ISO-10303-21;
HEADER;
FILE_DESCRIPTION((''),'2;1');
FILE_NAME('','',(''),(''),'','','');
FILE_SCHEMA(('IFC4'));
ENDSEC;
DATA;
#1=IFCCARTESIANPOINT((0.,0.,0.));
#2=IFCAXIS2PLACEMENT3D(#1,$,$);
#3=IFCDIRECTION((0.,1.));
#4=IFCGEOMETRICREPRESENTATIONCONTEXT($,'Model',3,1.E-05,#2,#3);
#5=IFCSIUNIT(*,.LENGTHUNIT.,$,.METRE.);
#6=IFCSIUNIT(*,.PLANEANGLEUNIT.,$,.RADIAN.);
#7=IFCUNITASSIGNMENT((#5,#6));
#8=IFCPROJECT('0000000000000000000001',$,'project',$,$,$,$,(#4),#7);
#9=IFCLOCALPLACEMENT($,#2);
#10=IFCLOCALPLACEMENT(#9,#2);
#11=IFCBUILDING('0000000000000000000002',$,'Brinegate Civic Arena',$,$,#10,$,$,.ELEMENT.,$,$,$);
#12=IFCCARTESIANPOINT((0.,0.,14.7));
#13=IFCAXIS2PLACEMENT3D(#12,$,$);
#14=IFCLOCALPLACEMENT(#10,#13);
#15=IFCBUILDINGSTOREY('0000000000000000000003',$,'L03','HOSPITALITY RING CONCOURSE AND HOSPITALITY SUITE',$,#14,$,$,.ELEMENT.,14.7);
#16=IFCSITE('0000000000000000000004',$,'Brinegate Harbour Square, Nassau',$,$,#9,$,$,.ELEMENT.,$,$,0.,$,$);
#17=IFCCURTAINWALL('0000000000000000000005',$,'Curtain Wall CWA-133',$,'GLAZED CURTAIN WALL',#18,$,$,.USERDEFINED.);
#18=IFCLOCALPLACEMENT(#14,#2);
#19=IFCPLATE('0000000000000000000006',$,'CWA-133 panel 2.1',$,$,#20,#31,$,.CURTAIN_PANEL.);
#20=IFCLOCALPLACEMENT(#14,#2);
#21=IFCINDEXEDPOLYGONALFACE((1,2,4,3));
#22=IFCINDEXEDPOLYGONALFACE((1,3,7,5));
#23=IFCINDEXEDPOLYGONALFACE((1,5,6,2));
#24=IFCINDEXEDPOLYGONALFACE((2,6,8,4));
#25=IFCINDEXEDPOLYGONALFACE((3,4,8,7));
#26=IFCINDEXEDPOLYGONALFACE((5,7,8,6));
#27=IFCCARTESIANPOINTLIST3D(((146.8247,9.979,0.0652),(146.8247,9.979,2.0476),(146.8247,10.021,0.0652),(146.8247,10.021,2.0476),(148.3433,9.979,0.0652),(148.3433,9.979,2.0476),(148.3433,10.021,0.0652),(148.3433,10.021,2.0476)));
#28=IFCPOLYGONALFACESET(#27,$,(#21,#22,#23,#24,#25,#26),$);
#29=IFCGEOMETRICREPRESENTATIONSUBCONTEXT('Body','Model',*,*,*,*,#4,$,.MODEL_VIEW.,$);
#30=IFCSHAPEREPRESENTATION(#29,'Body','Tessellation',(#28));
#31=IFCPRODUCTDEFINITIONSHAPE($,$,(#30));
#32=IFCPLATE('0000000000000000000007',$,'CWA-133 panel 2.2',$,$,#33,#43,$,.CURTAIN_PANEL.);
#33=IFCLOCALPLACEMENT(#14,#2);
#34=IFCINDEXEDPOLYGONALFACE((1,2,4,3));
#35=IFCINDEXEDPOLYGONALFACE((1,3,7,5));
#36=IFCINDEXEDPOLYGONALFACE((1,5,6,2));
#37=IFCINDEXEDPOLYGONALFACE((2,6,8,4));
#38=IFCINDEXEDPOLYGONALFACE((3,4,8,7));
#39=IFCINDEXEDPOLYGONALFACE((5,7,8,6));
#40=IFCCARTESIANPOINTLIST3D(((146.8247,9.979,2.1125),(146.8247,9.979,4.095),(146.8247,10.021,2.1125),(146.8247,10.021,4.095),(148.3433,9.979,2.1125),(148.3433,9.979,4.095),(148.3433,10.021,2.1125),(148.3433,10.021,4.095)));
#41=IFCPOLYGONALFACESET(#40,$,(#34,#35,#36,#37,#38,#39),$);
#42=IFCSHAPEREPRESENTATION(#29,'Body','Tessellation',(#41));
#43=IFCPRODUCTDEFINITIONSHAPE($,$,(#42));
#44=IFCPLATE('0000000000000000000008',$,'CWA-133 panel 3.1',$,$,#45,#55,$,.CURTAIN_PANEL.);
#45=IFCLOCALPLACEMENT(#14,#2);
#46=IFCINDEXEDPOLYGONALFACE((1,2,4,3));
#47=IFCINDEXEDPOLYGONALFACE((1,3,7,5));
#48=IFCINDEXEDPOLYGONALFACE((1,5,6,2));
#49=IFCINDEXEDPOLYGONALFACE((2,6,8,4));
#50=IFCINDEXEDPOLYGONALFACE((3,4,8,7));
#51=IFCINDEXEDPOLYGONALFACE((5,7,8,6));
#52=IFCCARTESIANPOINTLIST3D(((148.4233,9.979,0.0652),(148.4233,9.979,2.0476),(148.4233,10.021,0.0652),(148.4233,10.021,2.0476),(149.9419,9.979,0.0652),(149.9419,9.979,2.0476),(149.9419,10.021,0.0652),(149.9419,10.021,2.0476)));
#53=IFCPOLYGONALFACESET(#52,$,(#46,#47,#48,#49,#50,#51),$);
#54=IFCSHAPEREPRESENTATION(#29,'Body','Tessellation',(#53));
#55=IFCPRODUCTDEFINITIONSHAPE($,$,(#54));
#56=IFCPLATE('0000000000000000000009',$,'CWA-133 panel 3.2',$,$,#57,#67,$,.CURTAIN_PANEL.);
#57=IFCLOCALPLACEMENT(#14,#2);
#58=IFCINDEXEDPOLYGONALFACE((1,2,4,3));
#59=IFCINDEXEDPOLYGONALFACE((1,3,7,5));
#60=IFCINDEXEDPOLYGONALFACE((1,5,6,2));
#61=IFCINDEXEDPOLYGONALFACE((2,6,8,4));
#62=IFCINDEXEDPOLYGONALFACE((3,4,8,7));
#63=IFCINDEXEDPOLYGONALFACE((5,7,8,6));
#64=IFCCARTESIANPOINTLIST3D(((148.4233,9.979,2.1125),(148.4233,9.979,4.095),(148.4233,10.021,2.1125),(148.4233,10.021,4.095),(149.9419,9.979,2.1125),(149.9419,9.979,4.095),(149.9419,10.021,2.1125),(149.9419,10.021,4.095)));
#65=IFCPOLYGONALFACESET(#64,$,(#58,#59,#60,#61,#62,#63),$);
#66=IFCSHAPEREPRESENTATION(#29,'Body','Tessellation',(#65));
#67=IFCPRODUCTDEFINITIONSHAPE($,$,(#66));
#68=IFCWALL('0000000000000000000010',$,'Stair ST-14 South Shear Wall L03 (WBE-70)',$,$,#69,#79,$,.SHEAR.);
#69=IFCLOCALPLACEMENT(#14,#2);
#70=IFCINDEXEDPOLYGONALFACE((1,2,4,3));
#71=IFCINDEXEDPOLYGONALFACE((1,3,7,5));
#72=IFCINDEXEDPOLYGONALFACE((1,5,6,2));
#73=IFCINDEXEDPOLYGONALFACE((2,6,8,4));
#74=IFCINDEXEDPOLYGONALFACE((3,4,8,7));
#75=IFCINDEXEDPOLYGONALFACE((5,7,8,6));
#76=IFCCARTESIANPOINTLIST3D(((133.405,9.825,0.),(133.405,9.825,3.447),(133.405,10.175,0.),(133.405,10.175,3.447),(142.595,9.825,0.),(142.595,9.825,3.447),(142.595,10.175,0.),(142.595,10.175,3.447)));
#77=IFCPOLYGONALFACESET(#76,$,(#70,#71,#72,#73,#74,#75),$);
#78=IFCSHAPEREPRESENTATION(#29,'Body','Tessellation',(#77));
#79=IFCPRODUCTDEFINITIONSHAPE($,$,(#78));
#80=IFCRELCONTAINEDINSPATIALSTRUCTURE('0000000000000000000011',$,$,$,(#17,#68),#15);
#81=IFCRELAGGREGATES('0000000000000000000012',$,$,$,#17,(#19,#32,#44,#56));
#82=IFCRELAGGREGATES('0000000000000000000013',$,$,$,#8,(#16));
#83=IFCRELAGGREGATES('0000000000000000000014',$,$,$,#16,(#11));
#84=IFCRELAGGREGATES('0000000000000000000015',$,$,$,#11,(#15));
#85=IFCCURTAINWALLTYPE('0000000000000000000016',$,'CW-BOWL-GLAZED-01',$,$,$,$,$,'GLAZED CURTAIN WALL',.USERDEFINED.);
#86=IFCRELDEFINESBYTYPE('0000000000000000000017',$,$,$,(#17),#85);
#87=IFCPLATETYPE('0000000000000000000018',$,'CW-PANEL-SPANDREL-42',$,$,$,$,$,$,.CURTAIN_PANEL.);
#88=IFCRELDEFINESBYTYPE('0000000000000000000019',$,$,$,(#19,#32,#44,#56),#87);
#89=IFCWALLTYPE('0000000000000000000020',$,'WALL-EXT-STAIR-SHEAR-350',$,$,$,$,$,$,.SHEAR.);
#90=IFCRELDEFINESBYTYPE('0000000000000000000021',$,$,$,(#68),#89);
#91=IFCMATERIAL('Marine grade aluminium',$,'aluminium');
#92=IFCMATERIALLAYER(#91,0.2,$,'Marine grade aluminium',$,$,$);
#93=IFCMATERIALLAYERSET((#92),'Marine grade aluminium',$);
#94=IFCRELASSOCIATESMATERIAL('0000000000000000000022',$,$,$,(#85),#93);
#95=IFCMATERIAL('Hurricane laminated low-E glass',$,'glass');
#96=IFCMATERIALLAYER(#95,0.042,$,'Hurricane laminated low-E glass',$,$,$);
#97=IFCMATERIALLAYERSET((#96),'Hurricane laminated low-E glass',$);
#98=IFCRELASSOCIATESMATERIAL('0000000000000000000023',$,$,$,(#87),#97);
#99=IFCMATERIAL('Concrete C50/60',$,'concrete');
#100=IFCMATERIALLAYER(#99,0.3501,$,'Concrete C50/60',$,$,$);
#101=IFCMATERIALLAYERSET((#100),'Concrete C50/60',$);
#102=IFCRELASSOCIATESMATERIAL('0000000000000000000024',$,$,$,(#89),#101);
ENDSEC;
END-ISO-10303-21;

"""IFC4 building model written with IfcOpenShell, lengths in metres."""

from ifc_helpers import new_model, si_unit, direction, frame, frame_2d, origin, origin_2d, place, context, subcontext, project, spatial, rectangle, extrude, material, layer, layer_set, type_object, element, aggregate, save


model = new_model("IFC4")

# Units and contexts
model_context = context("Model", 3, precision=1e-05, world=origin(), true_north=direction((0.0, 1.0)))
body_context = subcontext(model_context, "Body", "Model", "MODEL_VIEW")
ifc_project = project(units=[si_unit("LENGTHUNIT", "METRE"), si_unit("PLANEANGLEUNIT", "RADIAN")], contexts=[model_context])

# Site, building, storey
site_placement = place(None, origin())
site = spatial("IfcSite", under=ifc_project, at=site_placement, Name="Brinegate Harbour Square, Nassau", CompositionType="ELEMENT", RefElevation=0.0)
building_placement = place(site_placement, origin())
building = spatial("IfcBuilding", under=site, at=building_placement, Name="Brinegate Civic Arena", CompositionType="ELEMENT")
storey_placement = place(building_placement, frame((0.0, 0.0, 14.7)))
storey = spatial("IfcBuildingStorey", under=building, at=storey_placement, Name="L03", Description="HOSPITALITY RING CONCOURSE AND HOSPITALITY SUITE", CompositionType="ELEMENT", Elevation=14.7)

# Shared definitions
ifc_material_1 = material(Name="Concrete C50/60", Category="concrete")

# Curtain wall
ifc_material_2 = material(Name="Marine grade aluminium", Category="aluminium")
ifc_layer_1 = layer(ifc_material_2, 0.2, Name="Marine grade aluminium")
ifc_layer_set_1 = layer_set([ifc_layer_1], Name="Marine grade aluminium")
curtain_wall_type_1 = type_object("IfcCurtainWallType", Name="CW-BOWL-GLAZED-01", ElementType="GLAZED CURTAIN WALL", PredefinedType="USERDEFINED", material=ifc_layer_set_1)
curtain_wall_1_placement = place(storey_placement, origin())
curtain_wall_1 = element("IfcCurtainWall", 1, at=curtain_wall_1_placement, inside=storey, type_object=curtain_wall_type_1, Name="Curtain Wall CWA-133", ObjectType="GLAZED CURTAIN WALL", PredefinedType="USERDEFINED")

# Plates
ifc_material_3 = material(Name="Hurricane laminated low-E glass", Category="glass")
ifc_layer_2 = layer(ifc_material_3, 0.042, Name="Hurricane laminated low-E glass")
ifc_layer_set_2 = layer_set([ifc_layer_2], Name="Hurricane laminated low-E glass")
plate_type = type_object("IfcPlateType", Name="CW-PANEL-SPANDREL-42", PredefinedType="CURTAIN_PANEL", material=ifc_layer_set_2)
plate_1_placement = place(storey_placement, frame((147.584, 10.0, 0.0652), z_axis=(0.0, 0.0, 1.0), x_axis=(1.0, 0.0, 0.0)))
plate_1 = element("IfcPlate", 2, at=plate_1_placement, type_object=plate_type, Name="CWA-133 panel 2.1", PredefinedType="CURTAIN_PANEL", context=body_context, shape_type="SweptSolid", body=[
    extrude(rectangle(XDim=1.5186, YDim=0.042, at=origin_2d()), origin(), (0.0, 0.0, 1.0), 1.9824),
])
plate_2_placement = place(storey_placement, frame((147.584, 10.0, 2.1125), z_axis=(0.0, 0.0, 1.0), x_axis=(1.0, 0.0, 0.0)))
plate_2 = element("IfcPlate", 3, at=plate_2_placement, type_object=plate_type, Name="CWA-133 panel 2.2", PredefinedType="CURTAIN_PANEL", context=body_context, shape_type="SweptSolid", body=[
    extrude(rectangle(XDim=1.5186, YDim=0.042, at=origin_2d()), origin(), (0.0, 0.0, 1.0), 1.9824),
])
plate_3_placement = place(storey_placement, frame((149.1826, 10.0, 0.0652), z_axis=(0.0, 0.0, 1.0), x_axis=(1.0, 0.0, 0.0)))
plate_3 = element("IfcPlate", 4, at=plate_3_placement, type_object=plate_type, Name="CWA-133 panel 3.1", PredefinedType="CURTAIN_PANEL", context=body_context, shape_type="SweptSolid", body=[
    extrude(rectangle(XDim=1.5186, YDim=0.042, at=origin_2d()), origin(), (0.0, 0.0, 1.0), 1.9824),
])
plate_4_placement = place(storey_placement, frame((149.1826, 10.0, 2.1125), z_axis=(0.0, 0.0, 1.0), x_axis=(1.0, 0.0, 0.0)))
plate_4 = element("IfcPlate", 5, at=plate_4_placement, type_object=plate_type, Name="CWA-133 panel 3.2", PredefinedType="CURTAIN_PANEL", context=body_context, shape_type="SweptSolid", body=[
    extrude(rectangle(XDim=1.5186, YDim=0.042, at=origin_2d()), origin(), (0.0, 0.0, 1.0), 1.9824),
])
aggregate(curtain_wall_1, [plate_1, plate_2, plate_3, plate_4])

# Wall
ifc_layer_3 = layer(ifc_material_1, 0.3501, Name="Concrete C50/60")
ifc_layer_set_3 = layer_set([ifc_layer_3], Name="Concrete C50/60")
wall_type = type_object("IfcWallType", Name="WALL-EXT-STAIR-SHEAR-350", PredefinedType="SHEAR", material=ifc_layer_set_3)
wall_placement = place(storey_placement, frame((133.405, 10.0, 0.0), z_axis=(0.0, 0.0, 1.0), x_axis=(1.0, 0.0, 0.0)))
element("IfcWall", 6, at=wall_placement, inside=storey, type_object=wall_type, Name="Stair ST-14 South Shear Wall L03 (WBE-70)", PredefinedType="SHEAR", context=body_context, shape_type="SweptSolid", body=[
    extrude(rectangle(XDim=9.1899, YDim=0.3501, at=frame_2d((4.595, 0.0))), origin(), (0.0, 0.0, 1.0), 3.447),
])

save(model, "model.ifc")
